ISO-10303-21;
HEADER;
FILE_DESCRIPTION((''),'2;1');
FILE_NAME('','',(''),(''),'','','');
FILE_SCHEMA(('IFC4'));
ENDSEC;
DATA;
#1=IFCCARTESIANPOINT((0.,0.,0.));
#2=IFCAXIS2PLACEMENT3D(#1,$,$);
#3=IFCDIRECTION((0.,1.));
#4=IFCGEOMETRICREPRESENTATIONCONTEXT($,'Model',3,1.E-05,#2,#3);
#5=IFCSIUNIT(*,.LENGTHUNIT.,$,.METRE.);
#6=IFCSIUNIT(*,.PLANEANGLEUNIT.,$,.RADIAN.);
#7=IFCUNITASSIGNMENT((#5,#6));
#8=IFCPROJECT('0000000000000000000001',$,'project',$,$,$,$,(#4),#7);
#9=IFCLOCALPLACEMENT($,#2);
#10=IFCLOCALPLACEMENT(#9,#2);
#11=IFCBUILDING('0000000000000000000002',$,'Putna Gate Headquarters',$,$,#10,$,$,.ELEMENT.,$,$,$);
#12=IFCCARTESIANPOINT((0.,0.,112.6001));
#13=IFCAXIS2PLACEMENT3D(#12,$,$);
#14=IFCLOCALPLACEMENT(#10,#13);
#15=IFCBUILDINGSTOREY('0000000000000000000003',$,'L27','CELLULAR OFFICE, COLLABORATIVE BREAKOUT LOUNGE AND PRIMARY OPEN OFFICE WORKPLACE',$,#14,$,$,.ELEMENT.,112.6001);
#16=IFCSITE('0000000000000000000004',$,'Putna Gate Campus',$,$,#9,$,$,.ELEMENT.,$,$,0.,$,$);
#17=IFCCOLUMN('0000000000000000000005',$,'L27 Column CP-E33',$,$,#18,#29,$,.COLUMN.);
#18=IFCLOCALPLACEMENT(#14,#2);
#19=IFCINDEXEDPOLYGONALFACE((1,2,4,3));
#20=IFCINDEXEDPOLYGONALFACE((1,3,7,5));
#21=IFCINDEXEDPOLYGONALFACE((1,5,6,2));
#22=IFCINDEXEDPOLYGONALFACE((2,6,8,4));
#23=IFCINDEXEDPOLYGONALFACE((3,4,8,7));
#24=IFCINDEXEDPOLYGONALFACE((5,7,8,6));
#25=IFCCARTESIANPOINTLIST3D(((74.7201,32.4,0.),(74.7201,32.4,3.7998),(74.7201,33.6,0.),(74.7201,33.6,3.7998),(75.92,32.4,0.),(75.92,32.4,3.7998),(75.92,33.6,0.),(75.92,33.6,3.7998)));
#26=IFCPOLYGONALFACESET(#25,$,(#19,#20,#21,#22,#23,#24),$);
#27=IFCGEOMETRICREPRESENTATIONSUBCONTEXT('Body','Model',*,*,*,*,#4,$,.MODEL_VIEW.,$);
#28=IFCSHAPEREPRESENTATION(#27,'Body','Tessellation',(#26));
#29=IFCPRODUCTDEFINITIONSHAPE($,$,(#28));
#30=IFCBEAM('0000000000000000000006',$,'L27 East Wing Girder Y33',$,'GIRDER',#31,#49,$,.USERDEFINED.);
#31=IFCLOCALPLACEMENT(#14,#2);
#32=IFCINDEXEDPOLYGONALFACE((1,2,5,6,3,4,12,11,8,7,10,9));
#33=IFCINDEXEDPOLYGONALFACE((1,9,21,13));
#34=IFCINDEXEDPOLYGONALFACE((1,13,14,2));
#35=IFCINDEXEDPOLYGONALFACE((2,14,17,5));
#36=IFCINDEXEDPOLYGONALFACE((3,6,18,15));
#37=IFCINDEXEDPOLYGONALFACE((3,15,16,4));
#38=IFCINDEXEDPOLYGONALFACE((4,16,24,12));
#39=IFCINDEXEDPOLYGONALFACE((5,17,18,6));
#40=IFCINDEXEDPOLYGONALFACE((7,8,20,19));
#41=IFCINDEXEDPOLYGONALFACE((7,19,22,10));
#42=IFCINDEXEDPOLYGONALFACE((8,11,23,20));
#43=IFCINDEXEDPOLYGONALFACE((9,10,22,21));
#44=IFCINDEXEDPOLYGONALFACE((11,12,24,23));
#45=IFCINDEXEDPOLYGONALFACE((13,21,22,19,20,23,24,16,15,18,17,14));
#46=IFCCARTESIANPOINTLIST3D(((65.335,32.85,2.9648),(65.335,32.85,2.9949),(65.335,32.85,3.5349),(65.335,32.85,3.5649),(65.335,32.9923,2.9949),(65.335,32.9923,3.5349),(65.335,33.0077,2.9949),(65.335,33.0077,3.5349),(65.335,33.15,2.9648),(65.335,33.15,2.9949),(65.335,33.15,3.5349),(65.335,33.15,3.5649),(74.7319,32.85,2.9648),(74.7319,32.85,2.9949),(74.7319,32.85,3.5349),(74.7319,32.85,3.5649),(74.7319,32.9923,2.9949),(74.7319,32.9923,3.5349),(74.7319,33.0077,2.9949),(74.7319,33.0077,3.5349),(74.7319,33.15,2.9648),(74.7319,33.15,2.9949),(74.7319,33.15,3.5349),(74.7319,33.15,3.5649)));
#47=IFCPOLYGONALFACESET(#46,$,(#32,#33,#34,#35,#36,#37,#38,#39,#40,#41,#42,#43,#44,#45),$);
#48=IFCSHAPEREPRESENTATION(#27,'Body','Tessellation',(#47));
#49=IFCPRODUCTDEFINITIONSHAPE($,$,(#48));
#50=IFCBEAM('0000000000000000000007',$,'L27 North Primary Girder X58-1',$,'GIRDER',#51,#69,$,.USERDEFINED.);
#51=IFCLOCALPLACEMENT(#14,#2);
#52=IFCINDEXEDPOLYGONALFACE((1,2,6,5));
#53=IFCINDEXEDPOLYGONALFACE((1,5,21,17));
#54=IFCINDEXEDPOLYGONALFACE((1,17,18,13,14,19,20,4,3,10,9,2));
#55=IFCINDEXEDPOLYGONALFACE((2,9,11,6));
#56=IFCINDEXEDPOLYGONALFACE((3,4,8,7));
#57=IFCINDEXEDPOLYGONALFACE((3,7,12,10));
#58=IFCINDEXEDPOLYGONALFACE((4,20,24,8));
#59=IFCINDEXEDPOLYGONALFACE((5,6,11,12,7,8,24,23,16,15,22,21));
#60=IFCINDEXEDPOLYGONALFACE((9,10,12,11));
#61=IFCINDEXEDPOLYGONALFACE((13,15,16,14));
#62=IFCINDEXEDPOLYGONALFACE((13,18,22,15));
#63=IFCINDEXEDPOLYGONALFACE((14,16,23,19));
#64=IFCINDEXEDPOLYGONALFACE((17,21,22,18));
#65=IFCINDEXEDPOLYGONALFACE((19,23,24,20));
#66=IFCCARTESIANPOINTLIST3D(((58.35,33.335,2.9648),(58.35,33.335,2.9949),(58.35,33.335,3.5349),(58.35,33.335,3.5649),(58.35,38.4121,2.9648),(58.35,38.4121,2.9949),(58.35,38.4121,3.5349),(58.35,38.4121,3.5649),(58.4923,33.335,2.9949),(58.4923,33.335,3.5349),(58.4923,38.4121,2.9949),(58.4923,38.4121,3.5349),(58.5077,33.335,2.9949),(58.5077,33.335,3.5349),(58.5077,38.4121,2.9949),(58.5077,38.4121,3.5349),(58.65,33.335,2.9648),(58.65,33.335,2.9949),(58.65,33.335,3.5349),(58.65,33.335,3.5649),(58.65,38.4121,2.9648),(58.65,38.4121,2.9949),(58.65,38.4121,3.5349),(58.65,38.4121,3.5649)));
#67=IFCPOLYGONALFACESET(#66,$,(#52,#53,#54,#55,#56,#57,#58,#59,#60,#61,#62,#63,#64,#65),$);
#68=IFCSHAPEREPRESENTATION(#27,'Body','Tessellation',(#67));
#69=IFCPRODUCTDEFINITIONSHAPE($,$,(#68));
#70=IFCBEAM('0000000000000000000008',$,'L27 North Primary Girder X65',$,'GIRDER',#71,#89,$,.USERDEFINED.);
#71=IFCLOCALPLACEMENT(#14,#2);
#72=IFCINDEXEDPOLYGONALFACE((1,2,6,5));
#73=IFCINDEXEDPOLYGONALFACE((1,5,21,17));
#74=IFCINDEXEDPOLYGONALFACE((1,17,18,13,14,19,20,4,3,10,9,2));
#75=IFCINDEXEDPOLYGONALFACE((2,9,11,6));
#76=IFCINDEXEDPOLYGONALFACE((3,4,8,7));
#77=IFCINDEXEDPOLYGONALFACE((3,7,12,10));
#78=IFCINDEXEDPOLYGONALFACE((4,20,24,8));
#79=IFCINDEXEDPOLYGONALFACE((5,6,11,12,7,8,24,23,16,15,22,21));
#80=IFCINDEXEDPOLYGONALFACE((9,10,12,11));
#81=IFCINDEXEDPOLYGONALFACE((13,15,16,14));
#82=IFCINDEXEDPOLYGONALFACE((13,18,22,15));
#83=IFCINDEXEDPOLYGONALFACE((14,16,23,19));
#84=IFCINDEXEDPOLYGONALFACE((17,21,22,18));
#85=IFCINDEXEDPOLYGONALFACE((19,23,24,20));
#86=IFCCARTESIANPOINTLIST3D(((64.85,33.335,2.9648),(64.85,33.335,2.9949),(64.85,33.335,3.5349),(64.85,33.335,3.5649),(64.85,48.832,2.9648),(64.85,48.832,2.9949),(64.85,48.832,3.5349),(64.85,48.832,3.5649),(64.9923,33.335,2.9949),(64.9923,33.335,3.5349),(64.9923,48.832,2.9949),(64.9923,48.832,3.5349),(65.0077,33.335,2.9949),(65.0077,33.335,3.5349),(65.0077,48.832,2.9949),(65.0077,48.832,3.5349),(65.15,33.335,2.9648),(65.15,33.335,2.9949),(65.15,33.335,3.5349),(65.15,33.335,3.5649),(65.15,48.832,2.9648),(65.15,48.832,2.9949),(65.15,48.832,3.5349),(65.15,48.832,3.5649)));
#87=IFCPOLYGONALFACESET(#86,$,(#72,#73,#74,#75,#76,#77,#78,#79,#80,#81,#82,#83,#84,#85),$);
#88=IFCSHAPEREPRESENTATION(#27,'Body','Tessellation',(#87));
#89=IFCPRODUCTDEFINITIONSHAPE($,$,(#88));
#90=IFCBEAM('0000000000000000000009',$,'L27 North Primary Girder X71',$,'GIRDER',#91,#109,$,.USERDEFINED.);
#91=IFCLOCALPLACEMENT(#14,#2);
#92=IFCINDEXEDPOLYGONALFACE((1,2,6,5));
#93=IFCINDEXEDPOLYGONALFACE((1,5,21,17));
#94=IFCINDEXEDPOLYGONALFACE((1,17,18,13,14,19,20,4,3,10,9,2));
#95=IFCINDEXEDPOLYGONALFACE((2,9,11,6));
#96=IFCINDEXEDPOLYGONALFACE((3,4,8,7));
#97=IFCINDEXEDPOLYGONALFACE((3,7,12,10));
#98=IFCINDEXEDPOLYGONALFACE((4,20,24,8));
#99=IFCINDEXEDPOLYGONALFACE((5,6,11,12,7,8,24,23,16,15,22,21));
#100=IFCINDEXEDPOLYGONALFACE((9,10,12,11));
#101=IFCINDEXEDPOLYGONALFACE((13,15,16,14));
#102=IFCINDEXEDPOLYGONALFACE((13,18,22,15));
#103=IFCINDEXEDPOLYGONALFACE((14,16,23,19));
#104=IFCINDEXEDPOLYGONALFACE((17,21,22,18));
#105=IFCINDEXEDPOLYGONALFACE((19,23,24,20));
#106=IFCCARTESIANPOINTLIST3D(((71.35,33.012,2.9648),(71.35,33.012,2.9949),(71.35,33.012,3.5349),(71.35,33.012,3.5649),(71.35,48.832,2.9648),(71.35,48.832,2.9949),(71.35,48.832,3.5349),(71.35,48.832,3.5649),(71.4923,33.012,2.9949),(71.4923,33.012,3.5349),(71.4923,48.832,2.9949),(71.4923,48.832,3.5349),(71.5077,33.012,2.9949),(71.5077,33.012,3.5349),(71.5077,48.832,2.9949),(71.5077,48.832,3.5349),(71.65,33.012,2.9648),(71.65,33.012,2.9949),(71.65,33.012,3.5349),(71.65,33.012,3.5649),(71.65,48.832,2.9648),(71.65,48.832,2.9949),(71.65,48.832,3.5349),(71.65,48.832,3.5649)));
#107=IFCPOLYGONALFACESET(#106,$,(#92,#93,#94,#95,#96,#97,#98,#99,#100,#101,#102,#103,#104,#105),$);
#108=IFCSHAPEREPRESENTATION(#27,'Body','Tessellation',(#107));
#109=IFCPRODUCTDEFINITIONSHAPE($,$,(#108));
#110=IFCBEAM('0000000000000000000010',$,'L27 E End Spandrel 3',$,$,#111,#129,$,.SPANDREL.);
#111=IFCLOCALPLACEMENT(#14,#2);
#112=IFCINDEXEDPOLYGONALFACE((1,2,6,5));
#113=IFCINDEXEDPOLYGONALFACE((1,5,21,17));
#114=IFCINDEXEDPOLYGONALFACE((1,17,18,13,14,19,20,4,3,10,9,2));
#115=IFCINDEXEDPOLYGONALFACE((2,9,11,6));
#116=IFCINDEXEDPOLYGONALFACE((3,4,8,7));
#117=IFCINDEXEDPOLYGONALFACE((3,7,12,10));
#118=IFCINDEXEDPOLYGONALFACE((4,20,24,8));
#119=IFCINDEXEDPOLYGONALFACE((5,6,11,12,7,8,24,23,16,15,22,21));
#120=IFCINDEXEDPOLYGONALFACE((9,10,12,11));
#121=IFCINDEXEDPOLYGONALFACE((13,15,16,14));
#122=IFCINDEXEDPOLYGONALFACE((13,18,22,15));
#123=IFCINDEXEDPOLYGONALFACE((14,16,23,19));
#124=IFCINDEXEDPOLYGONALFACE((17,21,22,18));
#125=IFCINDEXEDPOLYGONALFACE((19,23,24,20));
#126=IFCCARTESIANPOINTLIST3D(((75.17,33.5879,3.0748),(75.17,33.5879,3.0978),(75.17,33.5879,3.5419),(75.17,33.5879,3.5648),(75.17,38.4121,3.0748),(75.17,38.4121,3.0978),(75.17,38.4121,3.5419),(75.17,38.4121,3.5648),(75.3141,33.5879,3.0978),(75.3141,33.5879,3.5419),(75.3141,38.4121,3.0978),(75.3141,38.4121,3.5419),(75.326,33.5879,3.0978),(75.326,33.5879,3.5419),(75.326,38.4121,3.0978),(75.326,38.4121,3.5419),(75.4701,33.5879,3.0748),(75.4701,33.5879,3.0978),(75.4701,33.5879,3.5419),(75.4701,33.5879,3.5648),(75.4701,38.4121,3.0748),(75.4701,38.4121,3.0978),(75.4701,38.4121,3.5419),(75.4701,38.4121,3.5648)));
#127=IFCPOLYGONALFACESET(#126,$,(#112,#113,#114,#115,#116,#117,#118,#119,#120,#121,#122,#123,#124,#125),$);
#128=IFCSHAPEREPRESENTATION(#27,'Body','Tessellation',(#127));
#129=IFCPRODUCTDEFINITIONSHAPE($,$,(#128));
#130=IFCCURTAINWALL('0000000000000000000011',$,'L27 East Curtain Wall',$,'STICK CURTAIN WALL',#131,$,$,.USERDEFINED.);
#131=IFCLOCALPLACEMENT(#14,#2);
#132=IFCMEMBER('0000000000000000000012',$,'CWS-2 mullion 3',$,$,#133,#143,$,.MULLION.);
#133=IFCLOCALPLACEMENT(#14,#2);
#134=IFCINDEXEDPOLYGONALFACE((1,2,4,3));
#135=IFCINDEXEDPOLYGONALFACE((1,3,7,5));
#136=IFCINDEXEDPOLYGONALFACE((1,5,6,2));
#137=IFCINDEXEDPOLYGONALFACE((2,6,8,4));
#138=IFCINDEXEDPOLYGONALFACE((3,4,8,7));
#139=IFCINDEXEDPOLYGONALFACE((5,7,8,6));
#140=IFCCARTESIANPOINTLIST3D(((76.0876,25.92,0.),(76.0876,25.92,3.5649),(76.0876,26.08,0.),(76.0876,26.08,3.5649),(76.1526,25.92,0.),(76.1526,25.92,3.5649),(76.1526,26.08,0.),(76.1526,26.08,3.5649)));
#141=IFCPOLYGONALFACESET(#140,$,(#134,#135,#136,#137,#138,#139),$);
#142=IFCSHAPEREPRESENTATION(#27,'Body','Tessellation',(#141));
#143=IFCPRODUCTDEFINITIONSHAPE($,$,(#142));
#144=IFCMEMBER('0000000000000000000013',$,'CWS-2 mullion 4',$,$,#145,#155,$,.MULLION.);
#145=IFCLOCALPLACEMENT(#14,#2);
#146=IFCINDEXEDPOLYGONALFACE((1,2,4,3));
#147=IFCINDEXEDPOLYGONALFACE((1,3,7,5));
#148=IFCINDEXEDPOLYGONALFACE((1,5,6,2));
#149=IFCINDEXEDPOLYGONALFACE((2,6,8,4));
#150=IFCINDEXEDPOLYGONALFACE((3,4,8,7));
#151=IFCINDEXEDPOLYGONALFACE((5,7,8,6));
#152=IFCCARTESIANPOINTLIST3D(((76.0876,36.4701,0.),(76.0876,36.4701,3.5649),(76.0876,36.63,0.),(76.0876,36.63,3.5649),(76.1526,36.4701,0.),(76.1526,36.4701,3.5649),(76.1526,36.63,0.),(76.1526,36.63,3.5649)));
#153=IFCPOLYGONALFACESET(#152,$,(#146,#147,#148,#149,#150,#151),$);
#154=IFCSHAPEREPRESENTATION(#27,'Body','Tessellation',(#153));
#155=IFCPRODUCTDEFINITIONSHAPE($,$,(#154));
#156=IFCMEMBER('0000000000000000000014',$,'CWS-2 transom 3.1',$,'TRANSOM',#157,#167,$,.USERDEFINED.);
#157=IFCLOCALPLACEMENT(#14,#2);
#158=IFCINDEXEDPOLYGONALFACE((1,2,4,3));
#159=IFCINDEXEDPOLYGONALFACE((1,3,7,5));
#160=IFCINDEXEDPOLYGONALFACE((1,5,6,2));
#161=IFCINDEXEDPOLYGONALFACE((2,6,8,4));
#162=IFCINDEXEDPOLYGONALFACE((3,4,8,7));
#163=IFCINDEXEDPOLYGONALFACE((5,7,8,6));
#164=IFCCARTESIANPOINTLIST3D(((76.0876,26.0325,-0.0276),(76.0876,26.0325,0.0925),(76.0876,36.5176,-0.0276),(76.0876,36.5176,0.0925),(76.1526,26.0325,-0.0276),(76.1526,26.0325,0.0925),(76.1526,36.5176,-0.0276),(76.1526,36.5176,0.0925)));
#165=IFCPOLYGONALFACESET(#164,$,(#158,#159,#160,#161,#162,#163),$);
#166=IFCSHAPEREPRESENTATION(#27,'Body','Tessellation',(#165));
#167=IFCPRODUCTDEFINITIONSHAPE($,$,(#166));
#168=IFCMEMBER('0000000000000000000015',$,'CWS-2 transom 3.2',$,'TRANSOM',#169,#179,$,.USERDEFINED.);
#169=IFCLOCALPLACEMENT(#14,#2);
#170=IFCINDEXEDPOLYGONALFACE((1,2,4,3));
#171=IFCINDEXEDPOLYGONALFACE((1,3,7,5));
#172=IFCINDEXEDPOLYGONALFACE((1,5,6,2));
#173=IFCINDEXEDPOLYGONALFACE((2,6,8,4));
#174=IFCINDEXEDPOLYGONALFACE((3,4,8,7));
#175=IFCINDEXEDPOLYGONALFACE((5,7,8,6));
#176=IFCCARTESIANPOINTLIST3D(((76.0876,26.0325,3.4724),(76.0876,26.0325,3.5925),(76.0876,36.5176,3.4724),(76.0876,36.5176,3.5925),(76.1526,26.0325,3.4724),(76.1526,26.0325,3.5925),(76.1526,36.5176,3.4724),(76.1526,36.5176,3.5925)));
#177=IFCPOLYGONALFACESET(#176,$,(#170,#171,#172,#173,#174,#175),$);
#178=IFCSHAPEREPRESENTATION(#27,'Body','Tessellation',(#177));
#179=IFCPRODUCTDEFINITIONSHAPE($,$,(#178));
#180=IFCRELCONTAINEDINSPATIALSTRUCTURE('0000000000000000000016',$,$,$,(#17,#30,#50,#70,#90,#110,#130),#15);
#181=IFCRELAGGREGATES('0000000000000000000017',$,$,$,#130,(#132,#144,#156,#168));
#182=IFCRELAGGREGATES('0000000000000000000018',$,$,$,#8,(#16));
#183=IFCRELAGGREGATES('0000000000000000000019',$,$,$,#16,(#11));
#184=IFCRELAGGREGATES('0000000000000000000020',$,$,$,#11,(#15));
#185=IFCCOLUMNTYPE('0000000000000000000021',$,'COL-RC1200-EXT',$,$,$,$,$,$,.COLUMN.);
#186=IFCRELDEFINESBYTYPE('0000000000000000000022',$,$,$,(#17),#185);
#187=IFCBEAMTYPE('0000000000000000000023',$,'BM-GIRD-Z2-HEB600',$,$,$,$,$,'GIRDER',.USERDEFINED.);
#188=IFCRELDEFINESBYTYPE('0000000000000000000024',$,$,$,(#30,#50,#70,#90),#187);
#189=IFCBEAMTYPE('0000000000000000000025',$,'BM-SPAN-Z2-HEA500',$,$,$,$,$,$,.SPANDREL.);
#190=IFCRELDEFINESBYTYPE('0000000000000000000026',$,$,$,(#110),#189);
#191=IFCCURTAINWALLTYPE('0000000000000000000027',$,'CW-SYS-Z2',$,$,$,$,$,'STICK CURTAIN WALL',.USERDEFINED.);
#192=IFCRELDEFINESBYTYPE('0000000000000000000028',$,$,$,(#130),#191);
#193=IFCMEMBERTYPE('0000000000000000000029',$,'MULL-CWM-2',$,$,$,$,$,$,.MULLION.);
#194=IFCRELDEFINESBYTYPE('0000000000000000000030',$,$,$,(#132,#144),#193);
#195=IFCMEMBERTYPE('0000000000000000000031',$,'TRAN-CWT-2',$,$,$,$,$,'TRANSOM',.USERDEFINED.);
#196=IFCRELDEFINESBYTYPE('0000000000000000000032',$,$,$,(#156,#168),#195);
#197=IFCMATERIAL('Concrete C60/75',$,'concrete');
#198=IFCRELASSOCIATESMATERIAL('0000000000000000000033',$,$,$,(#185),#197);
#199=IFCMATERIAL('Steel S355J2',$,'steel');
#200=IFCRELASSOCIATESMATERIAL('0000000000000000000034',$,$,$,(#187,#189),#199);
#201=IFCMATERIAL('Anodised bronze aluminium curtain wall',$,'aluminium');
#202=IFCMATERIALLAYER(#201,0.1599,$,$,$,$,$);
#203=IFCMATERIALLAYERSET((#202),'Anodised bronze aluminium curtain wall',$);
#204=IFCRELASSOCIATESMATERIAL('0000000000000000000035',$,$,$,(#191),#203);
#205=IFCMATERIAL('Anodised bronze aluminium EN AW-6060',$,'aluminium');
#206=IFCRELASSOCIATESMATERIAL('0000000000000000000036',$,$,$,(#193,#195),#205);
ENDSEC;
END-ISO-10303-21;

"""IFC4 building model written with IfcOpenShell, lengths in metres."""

from ifc_helpers import new_model, si_unit, direction, frame, origin, origin_2d, place, context, subcontext, project, spatial, rectangle, i_section, extrude, material, layer, layer_set, material_profile, profile_set, type_object, element, aggregate, save


model = new_model("IFC4")

# Units and contexts
model_context = context("Model", 3, precision=1e-05, world=origin(), true_north=direction((0.0, 1.0)))
body_context = subcontext(model_context, "Body", "Model", "MODEL_VIEW")
ifc_project = project(units=[si_unit("LENGTHUNIT", "METRE"), si_unit("PLANEANGLEUNIT", "RADIAN")], contexts=[model_context])

# Site, building, storey
site_placement = place(None, origin())
site = spatial("IfcSite", under=ifc_project, at=site_placement, Name="Putna Gate Campus", CompositionType="ELEMENT", RefElevation=0.0)
building_placement = place(site_placement, origin())
building = spatial("IfcBuilding", under=site, at=building_placement, Name="Putna Gate Headquarters", CompositionType="ELEMENT")
storey_placement = place(building_placement, frame((0.0, 0.0, 112.6001)))
storey = spatial("IfcBuildingStorey", under=building, at=storey_placement, Name="L27", Description="CELLULAR OFFICE, COLLABORATIVE BREAKOUT LOUNGE AND PRIMARY OPEN OFFICE WORKPLACE", CompositionType="ELEMENT", Elevation=112.6001)

# Column
ifc_material_1 = material(Name="Concrete C60/75", Category="concrete")
ifc_material_profile_1 = material_profile(ifc_material_1, rectangle(XDim=1.2, YDim=1.2, at=origin_2d()), Name="Concrete C60/75")
ifc_profile_set_1 = profile_set([ifc_material_profile_1], Name="Concrete C60/75")
column_type = type_object("IfcColumnType", Name="COL-RC1200-EXT", PredefinedType="COLUMN", material=ifc_profile_set_1)
column_placement = place(storey_placement, frame((75.3201, 33.0, 0.0), z_axis=(0.0, 0.0, 1.0), x_axis=(1.0, 0.0, 0.0)))
element("IfcColumn", 1, at=column_placement, inside=storey, type_object=column_type, Name="L27 Column CP-E33", PredefinedType="COLUMN", context=body_context, shape_type="SweptSolid", body=[
    extrude(rectangle(XDim=1.2, YDim=1.2, at=origin_2d()), origin(), (0.0, 0.0, 1.0), 3.7998),
])

# Beams
ifc_material_2 = material(Name="Steel S355J2", Category="steel")
ifc_material_profile_2 = material_profile(ifc_material_2, i_section(OverallWidth=0.3, OverallDepth=0.6001, WebThickness=0.0154, FlangeThickness=0.03, at=origin_2d()), Name="Steel S355J2")
ifc_profile_set_2 = profile_set([ifc_material_profile_2], Name="Steel S355J2")
beam_type_1 = type_object("IfcBeamType", Name="BM-GIRD-Z2-HEB600", ElementType="GIRDER", PredefinedType="USERDEFINED", material=ifc_profile_set_2)
beam_1_placement = place(storey_placement, frame((65.335, 33.0, 3.2649), z_axis=(1.0, 0.0, 0.0), x_axis=(0.0, 1.0, 0.0)))
element("IfcBeam", 2, at=beam_1_placement, inside=storey, type_object=beam_type_1, Name="L27 East Wing Girder Y33", ObjectType="GIRDER", PredefinedType="USERDEFINED", context=body_context, shape_type="SweptSolid", body=[
    extrude(i_section(OverallWidth=0.3, OverallDepth=0.6001, WebThickness=0.0154, FlangeThickness=0.03, at=origin_2d()), origin(), (0.0, 0.0, 1.0), 9.397),
])
beam_2_placement = place(storey_placement, frame((58.5, 33.335, 3.2649), z_axis=(0.0, 1.0, 0.0), x_axis=(-1.0, 0.0, 0.0)))
element("IfcBeam", 3, at=beam_2_placement, inside=storey, type_object=beam_type_1, Name="L27 North Primary Girder X58-1", ObjectType="GIRDER", PredefinedType="USERDEFINED", context=body_context, shape_type="SweptSolid", body=[
    extrude(i_section(OverallWidth=0.3, OverallDepth=0.6001, WebThickness=0.0154, FlangeThickness=0.03, at=origin_2d()), origin(), (0.0, 0.0, 1.0), 5.0771),
])
beam_3_placement = place(storey_placement, frame((65.0, 33.335, 3.2649), z_axis=(0.0, 1.0, 0.0), x_axis=(-1.0, 0.0, 0.0)))
element("IfcBeam", 4, at=beam_3_placement, inside=storey, type_object=beam_type_1, Name="L27 North Primary Girder X65", ObjectType="GIRDER", PredefinedType="USERDEFINED", context=body_context, shape_type="SweptSolid", body=[
    extrude(i_section(OverallWidth=0.3, OverallDepth=0.6001, WebThickness=0.0154, FlangeThickness=0.03, at=origin_2d()), origin(), (0.0, 0.0, 1.0), 15.4971),
])
beam_4_placement = place(storey_placement, frame((71.5, 33.012, 3.2649), z_axis=(0.0, 1.0, 0.0), x_axis=(-1.0, 0.0, 0.0)))
element("IfcBeam", 5, at=beam_4_placement, inside=storey, type_object=beam_type_1, Name="L27 North Primary Girder X71", ObjectType="GIRDER", PredefinedType="USERDEFINED", context=body_context, shape_type="SweptSolid", body=[
    extrude(i_section(OverallWidth=0.3, OverallDepth=0.6001, WebThickness=0.0154, FlangeThickness=0.03, at=origin_2d()), origin(), (0.0, 0.0, 1.0), 15.8201),
])
ifc_material_profile_3 = material_profile(ifc_material_2, i_section(OverallWidth=0.3, OverallDepth=0.49, WebThickness=0.012, FlangeThickness=0.0229, at=origin_2d()), Name="Steel S355J2")
ifc_profile_set_3 = profile_set([ifc_material_profile_3], Name="Steel S355J2")
beam_type_2 = type_object("IfcBeamType", Name="BM-SPAN-Z2-HEA500", PredefinedType="SPANDREL", material=ifc_profile_set_3)
beam_5_placement = place(storey_placement, frame((75.3201, 33.5879, 3.3198), z_axis=(0.0, 1.0, 0.0), x_axis=(-1.0, 0.0, 0.0)))
element("IfcBeam", 6, at=beam_5_placement, inside=storey, type_object=beam_type_2, Name="L27 E End Spandrel 3", PredefinedType="SPANDREL", context=body_context, shape_type="SweptSolid", body=[
    extrude(i_section(OverallWidth=0.3, OverallDepth=0.49, WebThickness=0.012, FlangeThickness=0.0229, at=origin_2d()), origin(), (0.0, 0.0, 1.0), 4.8242),
])

# Curtain wall, members
ifc_material_3 = material(Name="Anodised bronze aluminium curtain wall", Category="aluminium")
ifc_layer_1 = layer(ifc_material_3, 0.1599)
ifc_layer_set_1 = layer_set([ifc_layer_1], Name="Anodised bronze aluminium curtain wall")
curtain_wall_type = type_object("IfcCurtainWallType", Name="CW-SYS-Z2", ElementType="STICK CURTAIN WALL", PredefinedType="USERDEFINED", material=ifc_layer_set_1)
curtain_wall_placement = place(storey_placement, origin())
curtain_wall = element("IfcCurtainWall", 7, at=curtain_wall_placement, inside=storey, type_object=curtain_wall_type, Name="L27 East Curtain Wall", ObjectType="STICK CURTAIN WALL", PredefinedType="USERDEFINED")
ifc_material_4 = material(Name="Anodised bronze aluminium EN AW-6060", Category="aluminium")
ifc_material_profile_4 = material_profile(ifc_material_4, rectangle(XDim=0.0649, YDim=0.1599, at=origin_2d()), Name="Anodised bronze aluminium EN AW-6060")
ifc_profile_set_4 = profile_set([ifc_material_profile_4], Name="Anodised bronze aluminium EN AW-6060")
member_type_1 = type_object("IfcMemberType", Name="MULL-CWM-2", PredefinedType="MULLION", material=ifc_profile_set_4)
member_1_placement = place(storey_placement, frame((76.1201, 26.0, 0.0), z_axis=(0.0, 0.0, 1.0), x_axis=(-1.0, 0.0, 0.0)))
member_1 = element("IfcMember", 8, at=member_1_placement, type_object=member_type_1, Name="CWS-2 mullion 3", PredefinedType="MULLION", context=body_context, shape_type="SweptSolid", body=[
    extrude(rectangle(XDim=0.0649, YDim=0.1599, at=origin_2d()), origin(), (0.0, 0.0, 1.0), 3.5649),
])
member_2_placement = place(storey_placement, frame((76.1201, 36.55, 0.0), z_axis=(0.0, 0.0, 1.0), x_axis=(-1.0, 0.0, 0.0)))
member_2 = element("IfcMember", 9, at=member_2_placement, type_object=member_type_1, Name="CWS-2 mullion 4", PredefinedType="MULLION", context=body_context, shape_type="SweptSolid", body=[
    extrude(rectangle(XDim=0.0649, YDim=0.1599, at=origin_2d()), origin(), (0.0, 0.0, 1.0), 3.5649),
])
ifc_material_profile_5 = material_profile(ifc_material_4, rectangle(XDim=0.0649, YDim=0.1201, at=origin_2d()), Name="Anodised bronze aluminium EN AW-6060")
ifc_profile_set_5 = profile_set([ifc_material_profile_5], Name="Anodised bronze aluminium EN AW-6060")
member_type_2 = type_object("IfcMemberType", Name="TRAN-CWT-2", ElementType="TRANSOM", PredefinedType="USERDEFINED", material=ifc_profile_set_5)
member_3_placement = place(storey_placement, frame((76.1201, 26.0325, 0.0325), z_axis=(0.0, 1.0, 0.0), x_axis=(-1.0, 0.0, 0.0)))
member_3 = element("IfcMember", 10, at=member_3_placement, type_object=member_type_2, Name="CWS-2 transom 3.1", ObjectType="TRANSOM", PredefinedType="USERDEFINED", context=body_context, shape_type="SweptSolid", body=[
    extrude(rectangle(XDim=0.0649, YDim=0.1201, at=origin_2d()), origin(), (0.0, 0.0, 1.0), 10.4851),
])
member_4_placement = place(storey_placement, frame((76.1201, 26.0325, 3.5325), z_axis=(0.0, 1.0, 0.0), x_axis=(-1.0, 0.0, 0.0)))
member_4 = element("IfcMember", 11, at=member_4_placement, type_object=member_type_2, Name="CWS-2 transom 3.2", ObjectType="TRANSOM", PredefinedType="USERDEFINED", context=body_context, shape_type="SweptSolid", body=[
    extrude(rectangle(XDim=0.0649, YDim=0.1201, at=origin_2d()), origin(), (0.0, 0.0, 1.0), 10.4851),
])
aggregate(curtain_wall, [member_1, member_2, member_3, member_4])

save(model, "model.ifc")
